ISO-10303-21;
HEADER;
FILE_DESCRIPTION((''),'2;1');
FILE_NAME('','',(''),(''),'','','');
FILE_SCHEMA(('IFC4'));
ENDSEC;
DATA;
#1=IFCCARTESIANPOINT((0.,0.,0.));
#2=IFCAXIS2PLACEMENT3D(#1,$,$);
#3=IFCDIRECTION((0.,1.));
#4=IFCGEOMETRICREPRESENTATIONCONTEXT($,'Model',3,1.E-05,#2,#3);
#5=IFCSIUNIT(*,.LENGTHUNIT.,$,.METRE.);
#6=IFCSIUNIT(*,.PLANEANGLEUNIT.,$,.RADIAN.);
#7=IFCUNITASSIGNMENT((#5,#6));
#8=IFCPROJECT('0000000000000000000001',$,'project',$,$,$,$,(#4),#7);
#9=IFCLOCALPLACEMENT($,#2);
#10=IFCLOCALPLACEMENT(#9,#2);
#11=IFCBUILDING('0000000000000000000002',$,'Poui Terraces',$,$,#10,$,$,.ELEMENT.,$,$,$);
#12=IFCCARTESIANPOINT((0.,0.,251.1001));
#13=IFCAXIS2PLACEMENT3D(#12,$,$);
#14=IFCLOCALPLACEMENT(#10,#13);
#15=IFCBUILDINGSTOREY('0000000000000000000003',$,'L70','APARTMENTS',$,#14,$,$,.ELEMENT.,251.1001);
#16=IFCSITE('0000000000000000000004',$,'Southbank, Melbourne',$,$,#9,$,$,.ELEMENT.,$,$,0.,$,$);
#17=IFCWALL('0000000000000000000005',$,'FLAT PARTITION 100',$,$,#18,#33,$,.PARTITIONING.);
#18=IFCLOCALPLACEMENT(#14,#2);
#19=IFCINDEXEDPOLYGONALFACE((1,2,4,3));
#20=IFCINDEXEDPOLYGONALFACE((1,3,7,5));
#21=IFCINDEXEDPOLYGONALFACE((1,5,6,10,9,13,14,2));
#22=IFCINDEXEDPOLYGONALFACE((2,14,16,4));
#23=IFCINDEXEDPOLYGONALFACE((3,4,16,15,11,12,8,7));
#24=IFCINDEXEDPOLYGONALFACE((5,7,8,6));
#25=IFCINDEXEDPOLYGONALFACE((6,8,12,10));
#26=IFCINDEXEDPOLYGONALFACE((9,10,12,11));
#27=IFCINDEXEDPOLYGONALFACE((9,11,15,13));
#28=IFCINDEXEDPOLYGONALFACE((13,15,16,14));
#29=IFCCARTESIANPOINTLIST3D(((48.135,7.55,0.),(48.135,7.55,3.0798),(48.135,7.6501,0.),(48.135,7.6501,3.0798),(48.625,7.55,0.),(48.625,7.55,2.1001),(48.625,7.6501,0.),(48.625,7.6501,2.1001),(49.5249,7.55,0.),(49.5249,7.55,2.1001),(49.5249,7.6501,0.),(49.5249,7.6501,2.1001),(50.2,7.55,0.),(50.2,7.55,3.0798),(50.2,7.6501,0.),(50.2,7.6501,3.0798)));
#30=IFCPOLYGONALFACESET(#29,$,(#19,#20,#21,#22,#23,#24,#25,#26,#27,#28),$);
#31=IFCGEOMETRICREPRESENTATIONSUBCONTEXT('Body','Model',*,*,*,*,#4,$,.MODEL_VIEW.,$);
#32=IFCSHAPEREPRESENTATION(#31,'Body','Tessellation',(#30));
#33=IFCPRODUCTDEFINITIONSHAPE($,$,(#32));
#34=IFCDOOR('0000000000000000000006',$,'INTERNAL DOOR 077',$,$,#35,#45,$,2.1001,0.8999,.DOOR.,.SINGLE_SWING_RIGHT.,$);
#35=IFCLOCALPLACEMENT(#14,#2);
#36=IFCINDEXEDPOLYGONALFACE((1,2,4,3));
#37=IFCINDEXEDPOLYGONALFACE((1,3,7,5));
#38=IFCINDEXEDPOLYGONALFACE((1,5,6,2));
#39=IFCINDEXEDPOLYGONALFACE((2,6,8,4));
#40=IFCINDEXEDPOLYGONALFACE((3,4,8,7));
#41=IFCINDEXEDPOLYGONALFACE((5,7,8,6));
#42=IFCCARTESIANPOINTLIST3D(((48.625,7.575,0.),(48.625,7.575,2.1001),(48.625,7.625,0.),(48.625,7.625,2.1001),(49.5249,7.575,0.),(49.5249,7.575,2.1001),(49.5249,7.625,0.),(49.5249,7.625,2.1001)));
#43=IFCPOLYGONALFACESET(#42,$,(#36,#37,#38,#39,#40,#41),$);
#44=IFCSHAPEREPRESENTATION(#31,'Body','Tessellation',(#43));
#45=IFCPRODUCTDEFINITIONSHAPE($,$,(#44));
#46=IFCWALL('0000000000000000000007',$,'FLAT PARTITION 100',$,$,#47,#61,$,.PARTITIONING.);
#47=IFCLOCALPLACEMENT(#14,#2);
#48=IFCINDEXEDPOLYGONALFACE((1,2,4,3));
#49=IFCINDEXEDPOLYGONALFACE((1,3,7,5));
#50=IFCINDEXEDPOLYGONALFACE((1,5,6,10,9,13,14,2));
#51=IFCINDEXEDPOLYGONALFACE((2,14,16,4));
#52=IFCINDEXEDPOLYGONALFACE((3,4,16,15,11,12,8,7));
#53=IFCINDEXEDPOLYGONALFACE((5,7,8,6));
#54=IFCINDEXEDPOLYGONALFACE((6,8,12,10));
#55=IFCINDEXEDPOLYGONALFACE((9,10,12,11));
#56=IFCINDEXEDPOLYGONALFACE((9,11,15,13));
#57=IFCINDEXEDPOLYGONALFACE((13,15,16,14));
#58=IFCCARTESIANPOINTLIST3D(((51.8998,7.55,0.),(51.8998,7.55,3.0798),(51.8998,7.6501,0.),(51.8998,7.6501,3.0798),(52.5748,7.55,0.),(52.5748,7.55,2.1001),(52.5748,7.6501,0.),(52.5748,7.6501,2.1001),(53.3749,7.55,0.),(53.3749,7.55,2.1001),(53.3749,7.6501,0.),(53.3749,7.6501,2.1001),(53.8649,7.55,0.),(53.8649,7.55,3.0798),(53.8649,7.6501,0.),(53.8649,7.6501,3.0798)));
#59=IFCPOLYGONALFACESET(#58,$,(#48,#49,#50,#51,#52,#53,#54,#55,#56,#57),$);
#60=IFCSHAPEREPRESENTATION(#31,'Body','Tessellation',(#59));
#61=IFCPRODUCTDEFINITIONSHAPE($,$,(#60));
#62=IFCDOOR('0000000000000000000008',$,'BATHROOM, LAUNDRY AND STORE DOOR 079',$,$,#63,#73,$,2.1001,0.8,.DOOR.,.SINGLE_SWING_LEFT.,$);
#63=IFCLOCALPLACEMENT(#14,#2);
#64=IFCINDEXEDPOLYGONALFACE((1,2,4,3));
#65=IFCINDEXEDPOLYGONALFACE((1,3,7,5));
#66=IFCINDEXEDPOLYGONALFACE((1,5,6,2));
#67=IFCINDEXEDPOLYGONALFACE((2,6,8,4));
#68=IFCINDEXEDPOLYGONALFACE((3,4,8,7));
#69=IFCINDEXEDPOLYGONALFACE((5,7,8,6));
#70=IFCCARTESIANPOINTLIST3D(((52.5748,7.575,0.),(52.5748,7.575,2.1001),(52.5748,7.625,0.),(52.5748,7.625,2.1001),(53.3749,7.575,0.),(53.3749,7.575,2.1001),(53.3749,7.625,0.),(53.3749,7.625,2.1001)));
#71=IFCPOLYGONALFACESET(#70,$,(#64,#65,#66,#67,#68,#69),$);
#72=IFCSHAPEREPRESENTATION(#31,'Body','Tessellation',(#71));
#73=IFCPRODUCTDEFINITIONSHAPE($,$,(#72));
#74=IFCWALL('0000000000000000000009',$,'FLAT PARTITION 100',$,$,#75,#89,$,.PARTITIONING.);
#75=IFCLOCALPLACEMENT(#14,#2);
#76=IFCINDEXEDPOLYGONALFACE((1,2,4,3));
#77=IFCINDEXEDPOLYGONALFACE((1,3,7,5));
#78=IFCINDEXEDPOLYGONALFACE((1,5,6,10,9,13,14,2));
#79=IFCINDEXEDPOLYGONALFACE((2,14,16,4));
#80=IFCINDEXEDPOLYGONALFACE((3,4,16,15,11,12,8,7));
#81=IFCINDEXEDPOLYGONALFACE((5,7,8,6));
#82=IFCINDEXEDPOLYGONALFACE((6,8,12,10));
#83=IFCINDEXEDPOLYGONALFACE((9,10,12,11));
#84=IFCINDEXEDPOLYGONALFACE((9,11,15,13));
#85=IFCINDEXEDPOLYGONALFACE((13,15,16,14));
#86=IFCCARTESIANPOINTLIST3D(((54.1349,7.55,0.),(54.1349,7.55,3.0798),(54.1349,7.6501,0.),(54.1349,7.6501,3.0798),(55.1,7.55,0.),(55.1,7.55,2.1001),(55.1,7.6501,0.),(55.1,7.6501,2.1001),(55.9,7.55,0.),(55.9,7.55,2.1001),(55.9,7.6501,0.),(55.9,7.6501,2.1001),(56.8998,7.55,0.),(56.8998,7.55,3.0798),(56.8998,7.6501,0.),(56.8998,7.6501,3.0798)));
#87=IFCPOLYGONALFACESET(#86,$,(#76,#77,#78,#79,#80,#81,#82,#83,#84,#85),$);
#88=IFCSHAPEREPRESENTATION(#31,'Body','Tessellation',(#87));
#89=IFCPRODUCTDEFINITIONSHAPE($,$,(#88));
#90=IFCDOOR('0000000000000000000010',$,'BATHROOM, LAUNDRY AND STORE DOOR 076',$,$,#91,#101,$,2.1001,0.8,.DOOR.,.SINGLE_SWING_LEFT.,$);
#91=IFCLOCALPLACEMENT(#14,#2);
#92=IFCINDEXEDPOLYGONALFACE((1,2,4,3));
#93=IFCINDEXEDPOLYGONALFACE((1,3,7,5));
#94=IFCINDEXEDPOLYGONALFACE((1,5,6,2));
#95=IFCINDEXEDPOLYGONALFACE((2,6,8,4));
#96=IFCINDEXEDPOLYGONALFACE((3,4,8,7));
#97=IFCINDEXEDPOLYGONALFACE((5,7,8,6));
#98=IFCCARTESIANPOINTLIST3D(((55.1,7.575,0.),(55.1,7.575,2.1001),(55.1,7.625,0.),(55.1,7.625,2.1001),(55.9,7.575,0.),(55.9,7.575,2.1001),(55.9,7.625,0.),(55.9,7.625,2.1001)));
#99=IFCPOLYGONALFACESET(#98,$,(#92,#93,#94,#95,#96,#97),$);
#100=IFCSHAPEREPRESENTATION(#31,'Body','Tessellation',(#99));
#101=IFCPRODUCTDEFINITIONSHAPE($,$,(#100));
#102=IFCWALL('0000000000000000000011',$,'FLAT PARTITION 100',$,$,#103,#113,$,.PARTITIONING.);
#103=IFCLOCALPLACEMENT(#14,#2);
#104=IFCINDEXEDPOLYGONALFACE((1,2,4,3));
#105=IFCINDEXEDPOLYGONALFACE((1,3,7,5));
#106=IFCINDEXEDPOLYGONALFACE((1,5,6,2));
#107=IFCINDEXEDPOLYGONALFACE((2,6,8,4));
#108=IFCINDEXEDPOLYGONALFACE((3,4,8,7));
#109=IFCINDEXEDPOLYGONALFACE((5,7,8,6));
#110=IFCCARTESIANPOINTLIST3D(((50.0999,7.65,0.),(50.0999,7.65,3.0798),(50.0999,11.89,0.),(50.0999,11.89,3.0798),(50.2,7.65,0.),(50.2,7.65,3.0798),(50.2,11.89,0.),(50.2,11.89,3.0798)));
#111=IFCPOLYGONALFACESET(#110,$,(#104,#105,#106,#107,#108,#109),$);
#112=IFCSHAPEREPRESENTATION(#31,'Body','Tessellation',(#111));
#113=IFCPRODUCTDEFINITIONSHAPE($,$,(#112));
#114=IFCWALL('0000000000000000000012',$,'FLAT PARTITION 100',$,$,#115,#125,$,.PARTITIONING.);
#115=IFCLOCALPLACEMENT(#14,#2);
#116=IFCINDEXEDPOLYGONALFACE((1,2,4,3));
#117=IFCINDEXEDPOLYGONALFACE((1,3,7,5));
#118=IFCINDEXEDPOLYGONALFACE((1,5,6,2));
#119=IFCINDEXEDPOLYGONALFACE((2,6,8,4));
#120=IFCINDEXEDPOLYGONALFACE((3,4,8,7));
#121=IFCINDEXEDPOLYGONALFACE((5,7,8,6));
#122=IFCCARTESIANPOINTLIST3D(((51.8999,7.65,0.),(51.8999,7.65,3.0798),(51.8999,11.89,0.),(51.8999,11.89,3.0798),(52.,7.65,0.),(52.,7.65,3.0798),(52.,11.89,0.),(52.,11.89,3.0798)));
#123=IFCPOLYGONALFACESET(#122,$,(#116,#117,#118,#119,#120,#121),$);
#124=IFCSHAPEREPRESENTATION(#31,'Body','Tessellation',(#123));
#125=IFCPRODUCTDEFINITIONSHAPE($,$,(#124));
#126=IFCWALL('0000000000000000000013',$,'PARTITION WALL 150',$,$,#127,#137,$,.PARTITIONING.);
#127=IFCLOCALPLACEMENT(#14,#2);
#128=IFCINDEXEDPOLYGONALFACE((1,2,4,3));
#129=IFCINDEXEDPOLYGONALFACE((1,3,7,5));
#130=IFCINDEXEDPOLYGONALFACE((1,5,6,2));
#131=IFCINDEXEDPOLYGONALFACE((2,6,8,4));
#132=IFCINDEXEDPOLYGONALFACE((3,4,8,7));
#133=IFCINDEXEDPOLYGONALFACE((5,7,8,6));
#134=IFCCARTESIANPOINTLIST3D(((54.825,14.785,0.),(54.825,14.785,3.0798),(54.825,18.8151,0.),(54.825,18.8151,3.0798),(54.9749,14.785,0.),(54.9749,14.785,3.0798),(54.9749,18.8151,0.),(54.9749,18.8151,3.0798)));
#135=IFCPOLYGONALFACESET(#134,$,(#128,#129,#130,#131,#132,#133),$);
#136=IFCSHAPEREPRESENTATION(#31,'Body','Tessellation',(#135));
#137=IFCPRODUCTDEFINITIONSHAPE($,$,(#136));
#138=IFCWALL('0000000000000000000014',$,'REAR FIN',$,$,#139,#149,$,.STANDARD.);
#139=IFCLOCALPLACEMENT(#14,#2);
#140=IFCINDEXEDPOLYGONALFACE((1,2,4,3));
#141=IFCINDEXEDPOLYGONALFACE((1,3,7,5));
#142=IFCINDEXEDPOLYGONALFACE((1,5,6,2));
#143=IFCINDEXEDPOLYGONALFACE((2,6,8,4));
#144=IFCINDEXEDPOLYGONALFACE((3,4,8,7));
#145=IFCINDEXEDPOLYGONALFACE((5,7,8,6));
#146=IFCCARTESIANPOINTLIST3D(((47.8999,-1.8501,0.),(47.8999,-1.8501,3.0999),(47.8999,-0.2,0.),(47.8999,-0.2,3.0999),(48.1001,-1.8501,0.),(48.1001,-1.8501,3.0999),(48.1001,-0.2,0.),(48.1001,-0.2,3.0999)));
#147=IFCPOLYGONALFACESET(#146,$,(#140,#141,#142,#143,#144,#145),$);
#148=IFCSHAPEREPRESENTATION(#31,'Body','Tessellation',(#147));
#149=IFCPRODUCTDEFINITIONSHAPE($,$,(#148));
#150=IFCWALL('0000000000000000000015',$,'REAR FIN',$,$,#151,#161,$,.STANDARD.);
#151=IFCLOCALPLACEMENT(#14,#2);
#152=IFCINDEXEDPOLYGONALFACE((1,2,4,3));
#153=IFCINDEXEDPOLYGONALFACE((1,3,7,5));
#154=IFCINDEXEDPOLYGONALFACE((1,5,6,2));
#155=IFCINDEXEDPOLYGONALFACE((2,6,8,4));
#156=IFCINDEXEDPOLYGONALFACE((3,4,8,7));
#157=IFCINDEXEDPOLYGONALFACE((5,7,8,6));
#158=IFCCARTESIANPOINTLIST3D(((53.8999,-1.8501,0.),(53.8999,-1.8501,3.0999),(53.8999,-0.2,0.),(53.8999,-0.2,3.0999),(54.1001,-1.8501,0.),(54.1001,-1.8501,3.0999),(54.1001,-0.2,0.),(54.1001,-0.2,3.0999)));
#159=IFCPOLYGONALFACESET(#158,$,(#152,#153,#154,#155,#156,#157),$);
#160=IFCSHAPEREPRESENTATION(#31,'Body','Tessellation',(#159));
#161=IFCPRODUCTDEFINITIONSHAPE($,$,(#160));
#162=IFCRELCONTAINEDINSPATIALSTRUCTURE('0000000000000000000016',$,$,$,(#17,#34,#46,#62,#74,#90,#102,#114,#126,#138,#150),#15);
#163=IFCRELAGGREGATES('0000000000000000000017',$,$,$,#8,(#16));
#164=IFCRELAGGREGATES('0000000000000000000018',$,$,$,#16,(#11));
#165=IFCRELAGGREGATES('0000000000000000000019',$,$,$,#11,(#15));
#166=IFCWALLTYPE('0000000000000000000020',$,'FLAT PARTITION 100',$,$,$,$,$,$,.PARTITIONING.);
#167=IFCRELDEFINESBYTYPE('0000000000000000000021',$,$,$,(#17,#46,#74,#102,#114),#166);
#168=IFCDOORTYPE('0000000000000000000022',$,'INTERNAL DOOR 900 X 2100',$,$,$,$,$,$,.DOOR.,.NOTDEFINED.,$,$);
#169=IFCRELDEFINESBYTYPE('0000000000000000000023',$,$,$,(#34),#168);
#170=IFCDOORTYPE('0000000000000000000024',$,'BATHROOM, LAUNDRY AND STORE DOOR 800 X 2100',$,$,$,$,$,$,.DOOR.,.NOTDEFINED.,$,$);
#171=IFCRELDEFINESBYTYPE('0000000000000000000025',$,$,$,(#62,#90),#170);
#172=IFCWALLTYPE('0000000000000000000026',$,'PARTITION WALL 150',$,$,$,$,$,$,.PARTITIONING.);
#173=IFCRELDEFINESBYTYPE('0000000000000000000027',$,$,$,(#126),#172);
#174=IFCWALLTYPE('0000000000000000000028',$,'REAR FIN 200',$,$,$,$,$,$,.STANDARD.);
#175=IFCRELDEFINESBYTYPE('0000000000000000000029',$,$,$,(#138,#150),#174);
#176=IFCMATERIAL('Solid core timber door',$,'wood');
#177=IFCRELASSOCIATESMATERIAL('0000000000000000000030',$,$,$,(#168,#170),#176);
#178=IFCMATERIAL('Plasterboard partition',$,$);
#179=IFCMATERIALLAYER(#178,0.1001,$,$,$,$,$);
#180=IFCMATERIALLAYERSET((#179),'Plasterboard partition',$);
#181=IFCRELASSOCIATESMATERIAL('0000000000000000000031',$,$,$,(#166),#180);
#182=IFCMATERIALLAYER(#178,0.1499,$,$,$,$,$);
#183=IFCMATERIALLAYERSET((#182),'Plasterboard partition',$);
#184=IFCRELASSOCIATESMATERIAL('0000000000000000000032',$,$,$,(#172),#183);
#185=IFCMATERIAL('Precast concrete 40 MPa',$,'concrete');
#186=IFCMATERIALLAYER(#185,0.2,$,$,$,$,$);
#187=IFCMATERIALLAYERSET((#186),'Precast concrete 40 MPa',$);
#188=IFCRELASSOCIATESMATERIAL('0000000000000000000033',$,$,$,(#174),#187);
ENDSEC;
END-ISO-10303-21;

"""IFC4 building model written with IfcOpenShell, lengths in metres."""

from ifc_helpers import new_model, si_unit, direction, frame, frame_2d, origin, place, context, subcontext, project, spatial, polyline, rectangle, outline, extrude, source, transform, mapped, material, layer, layer_set, type_object, element, fill, save


model = new_model("IFC4")

# Units and contexts
model_context = context("Model", 3, precision=1e-05, world=origin(), true_north=direction((0.0, 1.0)))
body_context = subcontext(model_context, "Body", "Model", "MODEL_VIEW")
ifc_project = project(units=[si_unit("LENGTHUNIT", "METRE"), si_unit("PLANEANGLEUNIT", "RADIAN")], contexts=[model_context])

# Site, building, storey
site_placement = place(None, origin())
site = spatial("IfcSite", under=ifc_project, at=site_placement, Name="Southbank, Melbourne", CompositionType="ELEMENT", RefElevation=0.0)
building_placement = place(site_placement, origin())
building = spatial("IfcBuilding", under=site, at=building_placement, Name="Poui Terraces", CompositionType="ELEMENT")
storey_placement = place(building_placement, frame((0.0, 0.0, 251.1001)))
storey = spatial("IfcBuildingStorey", under=building, at=storey_placement, Name="L70", Description="APARTMENTS", CompositionType="ELEMENT", Elevation=251.1001)

# Shared definitions
ifc_material_1 = material(Name="Precast concrete 40 MPa", Category="concrete")

# Walls, openings, doors
ifc_material_2 = material(Name="Solid core timber door", Category="wood")
door_type_1 = type_object("IfcDoorType", Name="INTERNAL DOOR 900 X 2100", OperationType="NOTDEFINED", PredefinedType="DOOR", material=ifc_material_2)
ifc_material_3 = material(Name="Plasterboard partition")
ifc_layer_1 = layer(ifc_material_3, 0.1001)
ifc_layer_set_1 = layer_set([ifc_layer_1], Name="Plasterboard partition")
wall_type_1 = type_object("IfcWallType", Name="FLAT PARTITION 100", PredefinedType="PARTITIONING", material=ifc_layer_set_1)
wall_1_placement = place(storey_placement, frame((48.135, 7.6001, 0.0), z_axis=(0.0, 0.0, 1.0), x_axis=(1.0, 0.0, 0.0)))
wall_1 = element("IfcWall", 1, at=wall_1_placement, inside=storey, type_object=wall_type_1, Name="FLAT PARTITION 100", PredefinedType="PARTITIONING", context=body_context, shape_type="SweptSolid", body=[
    extrude(rectangle(XDim=2.0649, YDim=0.1001, at=frame_2d((1.0325, 0.0))), origin(), (0.0, 0.0, 1.0), 3.0798),
])
opening_1_placement = place(wall_1_placement, frame((0.49, 0.0, 0.0)))
opening_1 = element("IfcOpeningElement", 2, at=opening_1_placement, cuts=wall_1, PredefinedType="OPENING", context=body_context, shape_type="SweptSolid", body=[
    extrude(rectangle(XDim=0.8999, YDim=2.1001, at=frame_2d((0.45, 1.05))), frame((0.0, 0.0601, 0.0), z_axis=(0.0, -1.0, 0.0), x_axis=(1.0, 0.0, 0.0)), (0.0, 0.0, 1.0), 0.1201),
])
door_1_placement = place(opening_1_placement, origin())
door_1 = element("IfcDoor", 3, at=door_1_placement, inside=storey, type_object=door_type_1, Name="INTERNAL DOOR 077", OperationType="SINGLE_SWING_RIGHT", OverallHeight=2.1001, OverallWidth=0.8999, PredefinedType="DOOR", context=body_context, shape_type="SweptSolid", body=[
    extrude(rectangle(XDim=0.8999, YDim=2.1001, at=frame_2d((0.45, 1.05))), frame((0.0, 0.0249, 0.0), z_axis=(0.0, -1.0, 0.0), x_axis=(1.0, 0.0, 0.0)), (0.0, 0.0, 1.0), 0.05),
])
fill(opening_1, door_1)
wall_2_placement = place(storey_placement, frame((51.8999, 7.6001, 0.0), z_axis=(0.0, 0.0, 1.0), x_axis=(1.0, 0.0, 0.0)))
wall_2 = element("IfcWall", 4, at=wall_2_placement, inside=storey, type_object=wall_type_1, Name="FLAT PARTITION 100", PredefinedType="PARTITIONING", context=body_context, shape_type="SweptSolid", body=[
    extrude(rectangle(XDim=1.9651, YDim=0.1001, at=frame_2d((0.9824, 0.0))), origin(), (0.0, 0.0, 1.0), 3.0798),
])
opening_2_placement = place(wall_2_placement, frame((0.675, 0.0, 0.0)))
opening_2 = element("IfcOpeningElement", 5, at=opening_2_placement, cuts=wall_2, PredefinedType="OPENING", context=body_context, shape_type="SweptSolid", body=[
    extrude(rectangle(XDim=0.8, YDim=2.1001, at=frame_2d((0.3999, 1.05))), frame((0.0, 0.0601, 0.0), z_axis=(0.0, -1.0, 0.0), x_axis=(1.0, 0.0, 0.0)), (0.0, 0.0, 1.0), 0.1201),
])
door_type_2 = type_object("IfcDoorType", Name="BATHROOM, LAUNDRY AND STORE DOOR 800 X 2100", OperationType="NOTDEFINED", PredefinedType="DOOR", material=ifc_material_2)
door_2_placement = place(opening_2_placement, origin())
door_2 = element("IfcDoor", 6, at=door_2_placement, inside=storey, type_object=door_type_2, Name="BATHROOM, LAUNDRY AND STORE DOOR 079", OperationType="SINGLE_SWING_LEFT", OverallHeight=2.1001, OverallWidth=0.8, PredefinedType="DOOR", context=body_context, shape_type="SweptSolid", body=[
    extrude(rectangle(XDim=0.8, YDim=2.1001, at=frame_2d((0.3999, 1.05))), frame((0.0, 0.0249, 0.0), z_axis=(0.0, -1.0, 0.0), x_axis=(1.0, 0.0, 0.0)), (0.0, 0.0, 1.0), 0.05),
])
fill(opening_2, door_2)
wall_3_placement = place(storey_placement, frame((54.135, 7.6001, 0.0), z_axis=(0.0, 0.0, 1.0), x_axis=(1.0, 0.0, 0.0)))
wall_3 = element("IfcWall", 7, at=wall_3_placement, inside=storey, type_object=wall_type_1, Name="FLAT PARTITION 100", PredefinedType="PARTITIONING", context=body_context, shape_type="SweptSolid", body=[
    extrude(rectangle(XDim=2.7649, YDim=0.1001, at=frame_2d((1.3823, 0.0))), origin(), (0.0, 0.0, 1.0), 3.0798),
])
opening_3_placement = place(wall_3_placement, frame((0.9651, 0.0, 0.0)))
opening_3 = element("IfcOpeningElement", 8, at=opening_3_placement, cuts=wall_3, PredefinedType="OPENING", context=body_context, shape_type="SweptSolid", body=[
    extrude(rectangle(XDim=0.8, YDim=2.1001, at=frame_2d((0.3999, 1.05))), frame((0.0, 0.0601, 0.0), z_axis=(0.0, -1.0, 0.0), x_axis=(1.0, 0.0, 0.0)), (0.0, 0.0, 1.0), 0.1201),
])
door_3_placement = place(opening_3_placement, origin())
door_3 = element("IfcDoor", 9, at=door_3_placement, inside=storey, type_object=door_type_2, Name="BATHROOM, LAUNDRY AND STORE DOOR 076", OperationType="SINGLE_SWING_LEFT", OverallHeight=2.1001, OverallWidth=0.8, PredefinedType="DOOR", context=body_context, shape_type="SweptSolid", body=[
    extrude(rectangle(XDim=0.8, YDim=2.1001, at=frame_2d((0.3999, 1.05))), frame((0.0, 0.0249, 0.0), z_axis=(0.0, -1.0, 0.0), x_axis=(1.0, 0.0, 0.0)), (0.0, 0.0, 1.0), 0.05),
])
fill(opening_3, door_3)

# Walls
for number, where, z_axis, x_axis, name in (
    (10, (50.1499, 7.6499, 0.0), (0.0, 0.0, 1.0), (0.0, 1.0, 0.0), "FLAT PARTITION 100"),
    (11, (51.95, 7.6499, 0.0), (0.0, 0.0, 1.0), (0.0, 1.0, 0.0), "FLAT PARTITION 100"),
):
    element("IfcWall", number, at=place(storey_placement, frame(where, z_axis=z_axis, x_axis=x_axis)), inside=storey, type_object=wall_type_1, Name=name, PredefinedType="PARTITIONING", context=body_context, shape_type="SweptSolid", body=[
        extrude(rectangle(XDim=4.24, YDim=0.1001, at=frame_2d((2.1201, 0.0))), origin(), (0.0, 0.0, 1.0), 3.0798),
    ])
ifc_layer_2 = layer(ifc_material_3, 0.1499)
ifc_layer_set_2 = layer_set([ifc_layer_2], Name="Plasterboard partition")
wall_type_2 = type_object("IfcWallType", Name="PARTITION WALL 150", PredefinedType="PARTITIONING", material=ifc_layer_set_2)
wall_4_placement = place(storey_placement, frame((54.8999, 14.7849, 0.0), z_axis=(0.0, 0.0, 1.0), x_axis=(0.0, 1.0, 0.0)))
element("IfcWall", 12, at=wall_4_placement, inside=storey, type_object=wall_type_2, Name="PARTITION WALL 150", PredefinedType="PARTITIONING", context=body_context, shape_type="SweptSolid", body=[
    extrude(rectangle(XDim=4.03, YDim=0.1499, at=frame_2d((2.0151, 0.0))), origin(), (0.0, 0.0, 1.0), 3.0798),
])
ifc_layer_3 = layer(ifc_material_1, 0.2)
ifc_layer_set_3 = layer_set([ifc_layer_3], Name="Precast concrete 40 MPa")
wall_type_3 = type_object("IfcWallType", Name="REAR FIN 200", PredefinedType="STANDARD", material=ifc_layer_set_3)
shared_shape_1 = source(origin(), body_context, "Body", "SweptSolid", [
    extrude(outline(polyline([(0.0, 0.0), (0.2002, 0.0), (0.2002, 1.6501), (0.0, 1.6501), (0.0, 0.0)])), origin(), (0.0, 0.0, 1.0), 3.0999),
])
for number, where, name in (
    (13, (47.8999, -1.8501, 0.0), "REAR FIN"),
    (14, (53.8999, -1.8501, 0.0), "REAR FIN"),
):
    element("IfcWall", number, at=place(storey_placement, frame(where)), inside=storey, type_object=wall_type_3, Name=name, PredefinedType="STANDARD", context=body_context, shape_type="MappedRepresentation", body=[
        mapped(shared_shape_1, transform((0.0, 0.0, 0.0))),
    ])

save(model, "model.ifc")
